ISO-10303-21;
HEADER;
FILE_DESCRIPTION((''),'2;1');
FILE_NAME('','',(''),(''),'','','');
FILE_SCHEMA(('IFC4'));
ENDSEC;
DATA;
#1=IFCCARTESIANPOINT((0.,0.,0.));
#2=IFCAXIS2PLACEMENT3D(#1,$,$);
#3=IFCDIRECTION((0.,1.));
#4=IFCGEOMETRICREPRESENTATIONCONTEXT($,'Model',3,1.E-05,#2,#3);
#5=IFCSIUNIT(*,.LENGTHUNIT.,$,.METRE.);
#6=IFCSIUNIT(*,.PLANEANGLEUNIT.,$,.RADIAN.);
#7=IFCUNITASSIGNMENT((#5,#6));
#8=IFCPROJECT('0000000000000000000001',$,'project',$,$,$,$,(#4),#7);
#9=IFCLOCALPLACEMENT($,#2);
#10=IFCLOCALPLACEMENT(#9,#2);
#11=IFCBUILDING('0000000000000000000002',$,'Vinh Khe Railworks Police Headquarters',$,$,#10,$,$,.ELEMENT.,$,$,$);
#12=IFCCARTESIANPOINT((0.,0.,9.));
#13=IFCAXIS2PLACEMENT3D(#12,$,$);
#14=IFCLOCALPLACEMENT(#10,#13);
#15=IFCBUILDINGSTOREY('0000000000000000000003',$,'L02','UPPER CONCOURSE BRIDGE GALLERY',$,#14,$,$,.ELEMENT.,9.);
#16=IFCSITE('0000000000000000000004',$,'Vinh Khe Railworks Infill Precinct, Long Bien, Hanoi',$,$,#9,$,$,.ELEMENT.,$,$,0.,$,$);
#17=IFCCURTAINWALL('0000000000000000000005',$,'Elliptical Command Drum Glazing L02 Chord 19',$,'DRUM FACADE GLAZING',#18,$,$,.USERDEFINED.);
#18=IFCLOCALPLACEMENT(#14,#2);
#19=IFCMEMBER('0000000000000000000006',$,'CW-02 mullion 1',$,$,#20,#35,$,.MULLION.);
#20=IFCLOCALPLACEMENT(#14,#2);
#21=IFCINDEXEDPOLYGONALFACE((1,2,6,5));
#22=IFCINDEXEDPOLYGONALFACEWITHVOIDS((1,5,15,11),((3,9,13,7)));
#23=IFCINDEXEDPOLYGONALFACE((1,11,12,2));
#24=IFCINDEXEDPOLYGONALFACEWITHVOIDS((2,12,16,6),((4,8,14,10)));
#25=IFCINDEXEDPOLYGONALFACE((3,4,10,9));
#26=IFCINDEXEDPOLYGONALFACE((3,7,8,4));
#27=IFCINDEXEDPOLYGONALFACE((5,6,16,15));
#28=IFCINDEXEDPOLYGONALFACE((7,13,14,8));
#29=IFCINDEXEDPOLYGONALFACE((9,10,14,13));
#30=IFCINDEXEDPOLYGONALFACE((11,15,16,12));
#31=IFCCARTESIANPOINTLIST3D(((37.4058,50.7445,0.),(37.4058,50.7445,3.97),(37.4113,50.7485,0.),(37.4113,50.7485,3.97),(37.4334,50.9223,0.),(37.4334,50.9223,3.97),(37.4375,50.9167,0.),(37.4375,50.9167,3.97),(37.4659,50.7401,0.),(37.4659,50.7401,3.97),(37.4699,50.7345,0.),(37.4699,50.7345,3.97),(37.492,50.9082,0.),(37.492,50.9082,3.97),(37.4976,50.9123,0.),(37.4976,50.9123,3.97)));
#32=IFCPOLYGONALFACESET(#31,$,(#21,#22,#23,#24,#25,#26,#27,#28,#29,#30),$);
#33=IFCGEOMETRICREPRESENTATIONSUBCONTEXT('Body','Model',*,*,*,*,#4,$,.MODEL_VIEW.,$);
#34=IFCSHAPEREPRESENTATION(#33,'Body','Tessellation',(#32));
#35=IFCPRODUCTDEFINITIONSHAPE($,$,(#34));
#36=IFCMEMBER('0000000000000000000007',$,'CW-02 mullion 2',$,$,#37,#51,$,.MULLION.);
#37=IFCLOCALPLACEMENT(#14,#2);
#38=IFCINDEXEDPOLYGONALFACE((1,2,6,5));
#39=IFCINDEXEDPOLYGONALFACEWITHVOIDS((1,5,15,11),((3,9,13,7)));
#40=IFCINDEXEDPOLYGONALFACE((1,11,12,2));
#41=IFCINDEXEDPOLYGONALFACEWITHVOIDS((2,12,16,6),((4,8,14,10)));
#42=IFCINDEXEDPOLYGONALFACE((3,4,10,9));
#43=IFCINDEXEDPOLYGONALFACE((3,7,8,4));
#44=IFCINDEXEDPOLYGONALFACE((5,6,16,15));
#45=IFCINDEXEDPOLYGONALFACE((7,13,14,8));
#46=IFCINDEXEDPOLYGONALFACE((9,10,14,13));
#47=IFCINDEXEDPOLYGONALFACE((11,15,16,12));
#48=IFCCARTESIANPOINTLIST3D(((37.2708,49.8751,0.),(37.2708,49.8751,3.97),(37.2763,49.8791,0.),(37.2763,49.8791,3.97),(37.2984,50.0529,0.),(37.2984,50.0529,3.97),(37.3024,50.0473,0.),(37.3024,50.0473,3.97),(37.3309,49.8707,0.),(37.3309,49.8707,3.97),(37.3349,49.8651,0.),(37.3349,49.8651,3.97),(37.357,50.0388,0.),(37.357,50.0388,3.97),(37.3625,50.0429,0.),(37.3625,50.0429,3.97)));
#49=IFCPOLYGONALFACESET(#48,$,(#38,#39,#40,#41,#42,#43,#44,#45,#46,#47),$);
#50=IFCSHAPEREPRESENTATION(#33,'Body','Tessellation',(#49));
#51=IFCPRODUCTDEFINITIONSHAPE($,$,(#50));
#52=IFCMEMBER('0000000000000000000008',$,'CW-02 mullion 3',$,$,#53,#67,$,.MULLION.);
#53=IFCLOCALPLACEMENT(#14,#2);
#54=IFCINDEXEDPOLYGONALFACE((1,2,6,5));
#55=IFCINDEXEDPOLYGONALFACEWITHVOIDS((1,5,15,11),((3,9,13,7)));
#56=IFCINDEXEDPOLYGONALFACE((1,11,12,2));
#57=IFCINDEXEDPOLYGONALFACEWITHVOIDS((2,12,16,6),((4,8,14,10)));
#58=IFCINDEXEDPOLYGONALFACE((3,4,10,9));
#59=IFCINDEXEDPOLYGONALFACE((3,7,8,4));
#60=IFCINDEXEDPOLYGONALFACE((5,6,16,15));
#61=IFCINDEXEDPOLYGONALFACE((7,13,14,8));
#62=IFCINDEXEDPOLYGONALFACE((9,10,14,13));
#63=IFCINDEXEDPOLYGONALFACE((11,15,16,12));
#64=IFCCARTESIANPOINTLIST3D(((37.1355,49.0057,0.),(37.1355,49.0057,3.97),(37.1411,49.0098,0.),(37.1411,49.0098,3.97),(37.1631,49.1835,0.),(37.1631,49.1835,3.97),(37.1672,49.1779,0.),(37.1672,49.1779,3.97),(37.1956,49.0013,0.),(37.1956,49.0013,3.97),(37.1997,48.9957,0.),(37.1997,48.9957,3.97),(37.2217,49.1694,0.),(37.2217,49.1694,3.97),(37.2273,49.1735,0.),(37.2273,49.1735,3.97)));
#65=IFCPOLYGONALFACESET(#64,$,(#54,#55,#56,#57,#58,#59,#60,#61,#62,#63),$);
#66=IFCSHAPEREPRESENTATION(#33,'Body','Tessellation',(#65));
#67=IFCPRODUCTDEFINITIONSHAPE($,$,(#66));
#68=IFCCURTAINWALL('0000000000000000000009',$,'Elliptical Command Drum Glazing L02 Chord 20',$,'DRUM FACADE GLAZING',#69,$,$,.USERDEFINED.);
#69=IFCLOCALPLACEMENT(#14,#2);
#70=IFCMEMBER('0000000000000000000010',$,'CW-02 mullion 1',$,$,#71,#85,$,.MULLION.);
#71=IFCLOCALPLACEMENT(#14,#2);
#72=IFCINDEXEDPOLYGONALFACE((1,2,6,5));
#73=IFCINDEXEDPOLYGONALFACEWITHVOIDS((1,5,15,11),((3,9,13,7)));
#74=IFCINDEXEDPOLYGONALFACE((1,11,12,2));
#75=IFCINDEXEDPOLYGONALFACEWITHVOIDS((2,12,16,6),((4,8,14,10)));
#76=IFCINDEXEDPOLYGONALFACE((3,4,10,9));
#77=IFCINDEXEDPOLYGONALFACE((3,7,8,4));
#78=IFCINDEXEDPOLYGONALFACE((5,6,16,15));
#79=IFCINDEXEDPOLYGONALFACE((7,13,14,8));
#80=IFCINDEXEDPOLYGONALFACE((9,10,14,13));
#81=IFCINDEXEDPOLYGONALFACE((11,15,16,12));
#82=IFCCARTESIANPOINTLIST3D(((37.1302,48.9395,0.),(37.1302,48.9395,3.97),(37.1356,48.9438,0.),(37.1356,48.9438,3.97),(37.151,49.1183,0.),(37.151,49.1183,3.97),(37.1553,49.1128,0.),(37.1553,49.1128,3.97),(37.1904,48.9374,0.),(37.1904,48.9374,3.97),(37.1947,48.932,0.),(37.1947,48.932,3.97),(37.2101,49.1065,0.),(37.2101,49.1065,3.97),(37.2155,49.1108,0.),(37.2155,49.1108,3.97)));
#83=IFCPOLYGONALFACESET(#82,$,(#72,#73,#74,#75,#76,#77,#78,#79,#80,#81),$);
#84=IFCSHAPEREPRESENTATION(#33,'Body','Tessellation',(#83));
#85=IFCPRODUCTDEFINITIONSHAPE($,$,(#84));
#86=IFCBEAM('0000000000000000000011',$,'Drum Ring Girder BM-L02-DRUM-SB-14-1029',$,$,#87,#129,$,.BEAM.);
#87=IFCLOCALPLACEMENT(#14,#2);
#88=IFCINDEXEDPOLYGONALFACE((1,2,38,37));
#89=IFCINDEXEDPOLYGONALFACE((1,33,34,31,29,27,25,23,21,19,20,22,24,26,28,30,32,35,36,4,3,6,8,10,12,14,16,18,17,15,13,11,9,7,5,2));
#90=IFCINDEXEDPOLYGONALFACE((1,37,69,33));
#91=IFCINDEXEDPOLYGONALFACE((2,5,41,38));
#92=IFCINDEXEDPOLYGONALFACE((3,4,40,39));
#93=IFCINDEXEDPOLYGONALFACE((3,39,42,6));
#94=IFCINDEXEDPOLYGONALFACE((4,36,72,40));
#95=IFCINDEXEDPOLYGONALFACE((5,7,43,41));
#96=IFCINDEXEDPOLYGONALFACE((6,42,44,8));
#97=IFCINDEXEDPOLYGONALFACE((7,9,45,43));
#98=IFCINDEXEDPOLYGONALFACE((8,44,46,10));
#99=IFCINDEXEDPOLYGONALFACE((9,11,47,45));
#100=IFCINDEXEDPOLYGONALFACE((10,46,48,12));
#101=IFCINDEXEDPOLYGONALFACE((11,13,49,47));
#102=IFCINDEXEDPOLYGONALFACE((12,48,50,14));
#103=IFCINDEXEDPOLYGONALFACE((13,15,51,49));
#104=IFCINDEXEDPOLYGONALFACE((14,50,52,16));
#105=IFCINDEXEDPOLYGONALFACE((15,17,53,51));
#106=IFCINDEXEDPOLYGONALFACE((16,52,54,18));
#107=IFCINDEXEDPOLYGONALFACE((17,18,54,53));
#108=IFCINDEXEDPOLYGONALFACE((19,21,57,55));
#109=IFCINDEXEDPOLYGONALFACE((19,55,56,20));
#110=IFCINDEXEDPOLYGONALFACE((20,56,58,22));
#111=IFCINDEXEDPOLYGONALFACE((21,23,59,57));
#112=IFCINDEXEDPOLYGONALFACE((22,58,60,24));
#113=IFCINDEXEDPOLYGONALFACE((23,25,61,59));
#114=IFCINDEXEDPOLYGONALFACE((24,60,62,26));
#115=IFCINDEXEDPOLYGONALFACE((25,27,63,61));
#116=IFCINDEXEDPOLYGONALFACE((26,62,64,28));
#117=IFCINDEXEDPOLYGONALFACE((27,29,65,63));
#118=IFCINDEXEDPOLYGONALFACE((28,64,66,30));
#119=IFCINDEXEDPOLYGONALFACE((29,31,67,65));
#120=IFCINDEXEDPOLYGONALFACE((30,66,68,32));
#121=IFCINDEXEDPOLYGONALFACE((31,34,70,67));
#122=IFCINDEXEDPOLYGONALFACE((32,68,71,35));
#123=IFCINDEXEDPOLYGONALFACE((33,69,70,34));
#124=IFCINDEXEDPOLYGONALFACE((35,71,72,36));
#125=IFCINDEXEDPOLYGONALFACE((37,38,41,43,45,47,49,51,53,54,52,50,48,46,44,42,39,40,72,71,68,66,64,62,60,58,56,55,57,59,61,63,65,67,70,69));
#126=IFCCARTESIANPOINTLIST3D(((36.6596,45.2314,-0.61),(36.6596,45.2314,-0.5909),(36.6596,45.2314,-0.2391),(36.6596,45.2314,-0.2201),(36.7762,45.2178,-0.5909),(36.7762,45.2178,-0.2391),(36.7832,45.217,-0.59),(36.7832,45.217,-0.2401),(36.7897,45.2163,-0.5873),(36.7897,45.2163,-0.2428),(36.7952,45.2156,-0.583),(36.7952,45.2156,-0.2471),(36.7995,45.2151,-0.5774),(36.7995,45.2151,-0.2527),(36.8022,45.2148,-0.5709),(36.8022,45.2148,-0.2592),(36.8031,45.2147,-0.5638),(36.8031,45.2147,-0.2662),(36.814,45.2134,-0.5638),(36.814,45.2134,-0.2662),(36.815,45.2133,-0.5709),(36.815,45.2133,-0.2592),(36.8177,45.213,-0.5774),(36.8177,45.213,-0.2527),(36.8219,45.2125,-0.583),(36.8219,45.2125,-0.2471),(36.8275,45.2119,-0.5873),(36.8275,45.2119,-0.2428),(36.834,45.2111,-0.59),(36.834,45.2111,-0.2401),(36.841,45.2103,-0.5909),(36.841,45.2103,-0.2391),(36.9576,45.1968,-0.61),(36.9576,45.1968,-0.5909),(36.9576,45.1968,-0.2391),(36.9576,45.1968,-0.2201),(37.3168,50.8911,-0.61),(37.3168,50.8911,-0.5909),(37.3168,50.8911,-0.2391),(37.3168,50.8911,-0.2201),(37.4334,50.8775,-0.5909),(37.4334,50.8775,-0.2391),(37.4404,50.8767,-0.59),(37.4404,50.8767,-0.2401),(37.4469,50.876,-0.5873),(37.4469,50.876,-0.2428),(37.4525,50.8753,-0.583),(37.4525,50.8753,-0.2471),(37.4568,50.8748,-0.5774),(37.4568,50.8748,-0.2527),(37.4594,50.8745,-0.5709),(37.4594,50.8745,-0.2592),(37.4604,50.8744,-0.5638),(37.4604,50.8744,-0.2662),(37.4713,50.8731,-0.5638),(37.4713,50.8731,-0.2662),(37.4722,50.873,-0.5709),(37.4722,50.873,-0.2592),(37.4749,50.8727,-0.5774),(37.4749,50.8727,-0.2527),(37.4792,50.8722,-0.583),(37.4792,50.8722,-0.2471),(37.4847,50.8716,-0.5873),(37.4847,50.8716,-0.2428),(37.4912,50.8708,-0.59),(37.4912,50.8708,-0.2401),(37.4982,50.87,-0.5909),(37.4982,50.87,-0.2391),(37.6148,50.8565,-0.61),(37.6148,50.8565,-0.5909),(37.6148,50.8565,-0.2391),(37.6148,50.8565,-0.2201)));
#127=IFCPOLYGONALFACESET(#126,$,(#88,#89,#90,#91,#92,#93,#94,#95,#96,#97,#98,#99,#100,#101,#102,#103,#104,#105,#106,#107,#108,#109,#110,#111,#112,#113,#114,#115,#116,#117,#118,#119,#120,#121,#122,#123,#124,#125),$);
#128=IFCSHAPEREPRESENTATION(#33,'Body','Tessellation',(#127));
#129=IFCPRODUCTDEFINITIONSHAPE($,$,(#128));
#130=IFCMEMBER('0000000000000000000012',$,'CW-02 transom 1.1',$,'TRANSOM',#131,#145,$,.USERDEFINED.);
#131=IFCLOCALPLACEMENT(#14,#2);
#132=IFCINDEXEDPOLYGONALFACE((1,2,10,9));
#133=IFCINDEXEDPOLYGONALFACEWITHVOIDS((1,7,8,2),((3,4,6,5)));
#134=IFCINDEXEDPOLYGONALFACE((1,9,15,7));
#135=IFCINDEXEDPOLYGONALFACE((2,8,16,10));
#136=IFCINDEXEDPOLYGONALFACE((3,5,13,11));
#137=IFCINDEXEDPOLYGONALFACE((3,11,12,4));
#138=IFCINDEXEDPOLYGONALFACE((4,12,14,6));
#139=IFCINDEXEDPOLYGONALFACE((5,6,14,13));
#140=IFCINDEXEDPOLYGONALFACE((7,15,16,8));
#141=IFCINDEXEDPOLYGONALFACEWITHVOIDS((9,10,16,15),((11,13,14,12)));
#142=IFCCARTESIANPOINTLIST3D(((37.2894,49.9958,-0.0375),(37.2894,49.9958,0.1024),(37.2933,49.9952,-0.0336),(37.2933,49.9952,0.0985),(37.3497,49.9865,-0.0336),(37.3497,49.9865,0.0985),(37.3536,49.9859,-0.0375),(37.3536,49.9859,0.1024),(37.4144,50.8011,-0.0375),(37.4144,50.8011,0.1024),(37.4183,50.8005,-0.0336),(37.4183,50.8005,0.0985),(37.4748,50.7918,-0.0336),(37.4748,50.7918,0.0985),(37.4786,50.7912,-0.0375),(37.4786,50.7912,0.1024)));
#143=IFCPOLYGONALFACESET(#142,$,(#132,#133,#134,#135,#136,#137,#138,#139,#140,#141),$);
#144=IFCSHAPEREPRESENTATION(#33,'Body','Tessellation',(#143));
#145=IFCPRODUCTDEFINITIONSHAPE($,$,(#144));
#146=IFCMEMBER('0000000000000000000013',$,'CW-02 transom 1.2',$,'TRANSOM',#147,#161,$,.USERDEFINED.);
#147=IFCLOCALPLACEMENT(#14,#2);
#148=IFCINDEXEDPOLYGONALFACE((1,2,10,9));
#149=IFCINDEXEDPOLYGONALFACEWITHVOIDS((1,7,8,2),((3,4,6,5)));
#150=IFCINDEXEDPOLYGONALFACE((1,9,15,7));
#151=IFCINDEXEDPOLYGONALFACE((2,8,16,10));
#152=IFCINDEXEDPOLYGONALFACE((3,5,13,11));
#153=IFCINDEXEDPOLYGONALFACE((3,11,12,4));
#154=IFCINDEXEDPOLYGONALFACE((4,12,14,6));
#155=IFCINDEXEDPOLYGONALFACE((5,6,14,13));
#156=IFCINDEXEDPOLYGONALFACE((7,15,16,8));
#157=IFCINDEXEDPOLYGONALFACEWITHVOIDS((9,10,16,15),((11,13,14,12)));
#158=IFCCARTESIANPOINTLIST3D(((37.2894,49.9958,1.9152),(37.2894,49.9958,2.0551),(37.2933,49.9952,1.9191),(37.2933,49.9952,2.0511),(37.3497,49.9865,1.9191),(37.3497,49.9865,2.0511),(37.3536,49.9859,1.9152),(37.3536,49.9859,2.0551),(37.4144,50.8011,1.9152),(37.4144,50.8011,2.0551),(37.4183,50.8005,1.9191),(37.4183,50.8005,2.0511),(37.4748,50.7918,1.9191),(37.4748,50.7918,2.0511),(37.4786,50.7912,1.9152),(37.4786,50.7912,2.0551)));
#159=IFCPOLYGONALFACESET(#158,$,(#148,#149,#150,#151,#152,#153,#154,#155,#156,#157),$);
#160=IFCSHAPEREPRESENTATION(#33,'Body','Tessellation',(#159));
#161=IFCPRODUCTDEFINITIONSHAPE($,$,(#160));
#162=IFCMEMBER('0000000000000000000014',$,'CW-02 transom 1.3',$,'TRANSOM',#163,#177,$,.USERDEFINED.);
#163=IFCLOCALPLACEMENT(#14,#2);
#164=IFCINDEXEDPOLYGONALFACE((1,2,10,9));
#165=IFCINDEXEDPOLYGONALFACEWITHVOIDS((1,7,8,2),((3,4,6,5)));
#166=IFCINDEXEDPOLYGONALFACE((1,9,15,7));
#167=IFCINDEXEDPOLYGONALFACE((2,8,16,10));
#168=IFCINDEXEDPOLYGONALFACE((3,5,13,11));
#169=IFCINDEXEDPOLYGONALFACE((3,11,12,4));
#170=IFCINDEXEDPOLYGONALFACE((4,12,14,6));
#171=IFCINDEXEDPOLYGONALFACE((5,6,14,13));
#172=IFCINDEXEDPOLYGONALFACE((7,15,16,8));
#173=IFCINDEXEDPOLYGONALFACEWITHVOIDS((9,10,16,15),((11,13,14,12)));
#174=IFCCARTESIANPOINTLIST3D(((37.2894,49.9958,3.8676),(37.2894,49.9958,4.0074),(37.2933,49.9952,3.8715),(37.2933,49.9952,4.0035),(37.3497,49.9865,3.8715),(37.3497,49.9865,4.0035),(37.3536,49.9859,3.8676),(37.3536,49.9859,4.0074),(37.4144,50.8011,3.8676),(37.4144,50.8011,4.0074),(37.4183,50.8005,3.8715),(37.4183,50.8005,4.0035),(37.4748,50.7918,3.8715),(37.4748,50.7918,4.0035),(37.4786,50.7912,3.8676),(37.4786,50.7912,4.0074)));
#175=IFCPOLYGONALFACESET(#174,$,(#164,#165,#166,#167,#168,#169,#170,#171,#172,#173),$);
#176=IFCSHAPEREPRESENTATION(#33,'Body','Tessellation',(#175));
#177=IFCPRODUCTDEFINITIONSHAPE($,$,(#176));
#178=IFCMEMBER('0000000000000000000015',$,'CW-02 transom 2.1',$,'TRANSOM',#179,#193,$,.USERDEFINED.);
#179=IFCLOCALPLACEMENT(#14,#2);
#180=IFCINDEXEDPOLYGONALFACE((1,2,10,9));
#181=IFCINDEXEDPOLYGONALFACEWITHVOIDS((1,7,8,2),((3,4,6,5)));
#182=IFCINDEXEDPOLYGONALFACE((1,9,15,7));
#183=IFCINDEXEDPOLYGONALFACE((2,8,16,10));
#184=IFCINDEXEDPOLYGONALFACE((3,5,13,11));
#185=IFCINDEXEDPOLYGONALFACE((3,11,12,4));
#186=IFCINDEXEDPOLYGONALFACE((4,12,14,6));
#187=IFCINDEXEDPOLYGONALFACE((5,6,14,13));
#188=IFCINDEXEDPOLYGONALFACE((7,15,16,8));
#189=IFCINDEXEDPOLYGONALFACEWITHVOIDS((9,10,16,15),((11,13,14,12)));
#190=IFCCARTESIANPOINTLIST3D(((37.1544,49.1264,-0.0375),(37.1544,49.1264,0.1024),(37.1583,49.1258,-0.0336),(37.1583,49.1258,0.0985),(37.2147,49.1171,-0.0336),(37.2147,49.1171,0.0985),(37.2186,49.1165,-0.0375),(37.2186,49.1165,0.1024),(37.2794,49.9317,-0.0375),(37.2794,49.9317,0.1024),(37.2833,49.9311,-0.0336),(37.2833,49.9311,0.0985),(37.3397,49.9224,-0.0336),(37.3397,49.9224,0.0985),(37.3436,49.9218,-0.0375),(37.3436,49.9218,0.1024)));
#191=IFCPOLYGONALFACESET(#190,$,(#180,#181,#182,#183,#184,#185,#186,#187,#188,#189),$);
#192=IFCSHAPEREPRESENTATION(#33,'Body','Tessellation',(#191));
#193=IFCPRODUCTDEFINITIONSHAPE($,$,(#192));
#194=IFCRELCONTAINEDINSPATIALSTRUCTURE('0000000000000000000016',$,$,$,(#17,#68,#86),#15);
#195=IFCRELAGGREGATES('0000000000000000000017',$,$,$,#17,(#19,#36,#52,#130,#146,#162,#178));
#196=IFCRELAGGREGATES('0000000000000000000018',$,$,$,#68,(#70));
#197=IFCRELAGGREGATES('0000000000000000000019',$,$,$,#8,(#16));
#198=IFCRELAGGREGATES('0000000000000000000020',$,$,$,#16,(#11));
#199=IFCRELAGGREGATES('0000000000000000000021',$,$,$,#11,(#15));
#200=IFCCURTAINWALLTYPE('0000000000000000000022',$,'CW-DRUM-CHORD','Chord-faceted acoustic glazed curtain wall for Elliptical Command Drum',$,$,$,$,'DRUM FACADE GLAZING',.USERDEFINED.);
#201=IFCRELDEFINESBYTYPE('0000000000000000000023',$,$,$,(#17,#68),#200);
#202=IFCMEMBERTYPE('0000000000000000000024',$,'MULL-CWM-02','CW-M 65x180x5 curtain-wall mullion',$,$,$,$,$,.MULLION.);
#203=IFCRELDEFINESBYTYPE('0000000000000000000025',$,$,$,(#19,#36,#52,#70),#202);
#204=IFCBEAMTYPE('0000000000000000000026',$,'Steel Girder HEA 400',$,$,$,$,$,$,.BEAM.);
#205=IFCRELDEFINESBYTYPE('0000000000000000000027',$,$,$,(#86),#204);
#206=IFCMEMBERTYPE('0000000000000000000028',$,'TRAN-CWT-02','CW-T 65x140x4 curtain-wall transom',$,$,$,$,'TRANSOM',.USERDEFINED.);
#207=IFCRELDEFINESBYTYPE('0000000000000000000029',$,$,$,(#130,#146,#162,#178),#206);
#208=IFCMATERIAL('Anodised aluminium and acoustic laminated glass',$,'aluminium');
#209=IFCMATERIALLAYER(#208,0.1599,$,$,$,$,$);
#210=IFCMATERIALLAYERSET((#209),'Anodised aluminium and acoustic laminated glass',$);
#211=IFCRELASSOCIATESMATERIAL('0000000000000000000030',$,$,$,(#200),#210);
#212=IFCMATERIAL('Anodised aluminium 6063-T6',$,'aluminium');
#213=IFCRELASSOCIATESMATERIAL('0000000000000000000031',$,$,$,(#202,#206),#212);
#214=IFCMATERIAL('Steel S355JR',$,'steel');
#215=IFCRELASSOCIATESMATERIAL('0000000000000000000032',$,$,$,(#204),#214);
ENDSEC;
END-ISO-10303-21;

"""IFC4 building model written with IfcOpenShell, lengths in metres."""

from ifc_helpers import new_model, si_unit, direction, frame, origin, origin_2d, place, context, subcontext, project, spatial, hollow_rectangle, i_section, extrude, material, layer, layer_set, material_profile, profile_set, type_object, element, aggregate, save


model = new_model("IFC4")

# Units and contexts
model_context = context("Model", 3, precision=1e-05, world=origin(), true_north=direction((0.0, 1.0)))
body_context = subcontext(model_context, "Body", "Model", "MODEL_VIEW")
ifc_project = project(units=[si_unit("LENGTHUNIT", "METRE"), si_unit("PLANEANGLEUNIT", "RADIAN")], contexts=[model_context])

# Site, building, storey
site_placement = place(None, origin())
site = spatial("IfcSite", under=ifc_project, at=site_placement, Name="Vinh Khe Railworks Infill Precinct, Long Bien, Hanoi", CompositionType="ELEMENT", RefElevation=0.0)
building_placement = place(site_placement, origin())
building = spatial("IfcBuilding", under=site, at=building_placement, Name="Vinh Khe Railworks Police Headquarters", CompositionType="ELEMENT")
storey_placement = place(building_placement, frame((0.0, 0.0, 9.0)))
storey = spatial("IfcBuildingStorey", under=building, at=storey_placement, Name="L02", Description="UPPER CONCOURSE BRIDGE GALLERY", CompositionType="ELEMENT", Elevation=9.0)

# Curtain wall, members
ifc_material_1 = material(Name="Anodised aluminium and acoustic laminated glass", Category="aluminium")
ifc_layer_1 = layer(ifc_material_1, 0.1599)
ifc_layer_set_1 = layer_set([ifc_layer_1], Name="Anodised aluminium and acoustic laminated glass")
curtain_wall_type = type_object("IfcCurtainWallType", Name="CW-DRUM-CHORD", Description="Chord-faceted acoustic glazed curtain wall for Elliptical Command Drum", ElementType="DRUM FACADE GLAZING", PredefinedType="USERDEFINED", material=ifc_layer_set_1)
curtain_wall_1_placement = place(storey_placement, origin())
curtain_wall_1 = element("IfcCurtainWall", 1, at=curtain_wall_1_placement, inside=storey, type_object=curtain_wall_type, Name="Elliptical Command Drum Glazing L02 Chord 19", ObjectType="DRUM FACADE GLAZING", PredefinedType="USERDEFINED")
ifc_material_2 = material(Name="Anodised aluminium 6063-T6", Category="aluminium")
ifc_material_profile_1 = material_profile(ifc_material_2, hollow_rectangle(XDim=0.0649, YDim=0.1799, WallThickness=0.0049, at=origin_2d()), Name="CW-M 65x180x5")
ifc_profile_set_1 = profile_set([ifc_material_profile_1], Name="Anodised aluminium 6063-T6")
member_type_1 = type_object("IfcMemberType", Name="MULL-CWM-02", Description="CW-M 65x180x5 curtain-wall mullion", PredefinedType="MULLION", material=ifc_profile_set_1)
member_1_placement = place(storey_placement, frame((37.4517, 50.8284, 0.0), z_axis=(0.0, 0.0, 1.0), x_axis=(0.98815, -0.15349, 0.0)))
member_1 = element("IfcMember", 2, at=member_1_placement, type_object=member_type_1, Name="CW-02 mullion 1", PredefinedType="MULLION", context=body_context, shape_type="SweptSolid", body=[
    extrude(hollow_rectangle(XDim=0.0649, YDim=0.1799, WallThickness=0.0049, at=origin_2d()), origin(), (0.0, 0.0, 1.0), 3.97),
])
member_2_placement = place(storey_placement, frame((37.3167, 49.959, 0.0), z_axis=(0.0, 0.0, 1.0), x_axis=(0.98815, -0.15349, 0.0)))
member_2 = element("IfcMember", 3, at=member_2_placement, type_object=member_type_1, Name="CW-02 mullion 2", PredefinedType="MULLION", context=body_context, shape_type="SweptSolid", body=[
    extrude(hollow_rectangle(XDim=0.0649, YDim=0.1799, WallThickness=0.0049, at=origin_2d()), origin(), (0.0, 0.0, 1.0), 3.97),
])
member_3_placement = place(storey_placement, frame((37.1814, 49.0896, 0.0), z_axis=(0.0, 0.0, 1.0), x_axis=(0.98815, -0.15349, 0.0)))
member_3 = element("IfcMember", 4, at=member_3_placement, type_object=member_type_1, Name="CW-02 mullion 3", PredefinedType="MULLION", context=body_context, shape_type="SweptSolid", body=[
    extrude(hollow_rectangle(XDim=0.0649, YDim=0.1799, WallThickness=0.0049, at=origin_2d()), origin(), (0.0, 0.0, 1.0), 3.97),
])

# Curtain wall, member
curtain_wall_2_placement = place(storey_placement, origin())
curtain_wall_2 = element("IfcCurtainWall", 5, at=curtain_wall_2_placement, inside=storey, type_object=curtain_wall_type, Name="Elliptical Command Drum Glazing L02 Chord 20", ObjectType="DRUM FACADE GLAZING", PredefinedType="USERDEFINED")
member_4_placement = place(storey_placement, frame((37.1729, 49.0251, 0.0), z_axis=(0.0, 0.0, 1.0), x_axis=(0.993329, -0.115318, 0.0)))
member_4 = element("IfcMember", 6, at=member_4_placement, type_object=member_type_1, Name="CW-02 mullion 1", PredefinedType="MULLION", context=body_context, shape_type="SweptSolid", body=[
    extrude(hollow_rectangle(XDim=0.0649, YDim=0.1799, WallThickness=0.0049, at=origin_2d()), origin(), (0.0, 0.0, 1.0), 3.97),
])

# Beam
ifc_material_3 = material(Name="Steel S355JR", Category="steel")
ifc_material_profile_2 = material_profile(ifc_material_3, i_section(OverallWidth=0.3, OverallDepth=0.3899, WebThickness=0.011, FlangeThickness=0.019, FilletRadius=0.0271, at=origin_2d()), Name="HEA 400")
ifc_profile_set_2 = profile_set([ifc_material_profile_2], Name="Steel S355JR")
beam_type = type_object("IfcBeamType", Name="Steel Girder HEA 400", PredefinedType="BEAM", material=ifc_profile_set_2)
beam_placement = place(storey_placement, frame((37.4658, 50.8738, -0.415), z_axis=(-0.115349, -0.993325, 0.0), x_axis=(0.993325, -0.115349, 0.0)))
element("IfcBeam", 7, at=beam_placement, inside=storey, type_object=beam_type, Name="Drum Ring Girder BM-L02-DRUM-SB-14-1029", PredefinedType="BEAM", context=body_context, shape_type="SweptSolid", body=[
    extrude(i_section(OverallWidth=0.3, OverallDepth=0.3899, WebThickness=0.011, FlangeThickness=0.019, FilletRadius=0.0271, at=origin_2d()), origin(), (0.0, 0.0, 1.0), 5.6978),
])

# Members
ifc_material_profile_3 = material_profile(ifc_material_2, hollow_rectangle(XDim=0.0649, YDim=0.1399, WallThickness=0.0039, at=origin_2d()), Name="CW-T 65x140x4")
ifc_profile_set_3 = profile_set([ifc_material_profile_3], Name="Anodised aluminium 6063-T6")
member_type_2 = type_object("IfcMemberType", Name="TRAN-CWT-02", Description="CW-T 65x140x4 curtain-wall transom", ElementType="TRANSOM", PredefinedType="USERDEFINED", material=ifc_profile_set_3)
member_5_placement = place(storey_placement, frame((37.4465, 50.7961, 0.0325), z_axis=(-0.153408, -0.988163, 0.0), x_axis=(0.988163, -0.153408, 0.0)))
member_5 = element("IfcMember", 8, at=member_5_placement, type_object=member_type_2, Name="CW-02 transom 1.1", ObjectType="TRANSOM", PredefinedType="USERDEFINED", context=body_context, shape_type="SweptSolid", body=[
    extrude(hollow_rectangle(XDim=0.0649, YDim=0.1399, WallThickness=0.0039, at=origin_2d()), origin(), (0.0, 0.0, 1.0), 0.8149),
])
member_6_placement = place(storey_placement, frame((37.4465, 50.7961, 1.9851), z_axis=(-0.153408, -0.988163, 0.0), x_axis=(0.988163, -0.153408, 0.0)))
member_6 = element("IfcMember", 9, at=member_6_placement, type_object=member_type_2, Name="CW-02 transom 1.2", ObjectType="TRANSOM", PredefinedType="USERDEFINED", context=body_context, shape_type="SweptSolid", body=[
    extrude(hollow_rectangle(XDim=0.0649, YDim=0.1399, WallThickness=0.0039, at=origin_2d()), origin(), (0.0, 0.0, 1.0), 0.8149),
])
member_7_placement = place(storey_placement, frame((37.4465, 50.7961, 3.9375), z_axis=(-0.153408, -0.988163, 0.0), x_axis=(0.988163, -0.153408, 0.0)))
member_7 = element("IfcMember", 10, at=member_7_placement, type_object=member_type_2, Name="CW-02 transom 1.3", ObjectType="TRANSOM", PredefinedType="USERDEFINED", context=body_context, shape_type="SweptSolid", body=[
    extrude(hollow_rectangle(XDim=0.0649, YDim=0.1399, WallThickness=0.0039, at=origin_2d()), origin(), (0.0, 0.0, 1.0), 0.8149),
])
member_8_placement = place(storey_placement, frame((37.3115, 49.9268, 0.0325), z_axis=(-0.153408, -0.988163, 0.0), x_axis=(0.988163, -0.153408, 0.0)))
member_8 = element("IfcMember", 11, at=member_8_placement, type_object=member_type_2, Name="CW-02 transom 2.1", ObjectType="TRANSOM", PredefinedType="USERDEFINED", context=body_context, shape_type="SweptSolid", body=[
    extrude(hollow_rectangle(XDim=0.0649, YDim=0.1399, WallThickness=0.0039, at=origin_2d()), origin(), (0.0, 0.0, 1.0), 0.8149),
])

aggregate(curtain_wall_1, [member_1, member_2, member_3, member_5, member_6, member_7, member_8])
aggregate(curtain_wall_2, [member_4])

save(model, "model.ifc")
